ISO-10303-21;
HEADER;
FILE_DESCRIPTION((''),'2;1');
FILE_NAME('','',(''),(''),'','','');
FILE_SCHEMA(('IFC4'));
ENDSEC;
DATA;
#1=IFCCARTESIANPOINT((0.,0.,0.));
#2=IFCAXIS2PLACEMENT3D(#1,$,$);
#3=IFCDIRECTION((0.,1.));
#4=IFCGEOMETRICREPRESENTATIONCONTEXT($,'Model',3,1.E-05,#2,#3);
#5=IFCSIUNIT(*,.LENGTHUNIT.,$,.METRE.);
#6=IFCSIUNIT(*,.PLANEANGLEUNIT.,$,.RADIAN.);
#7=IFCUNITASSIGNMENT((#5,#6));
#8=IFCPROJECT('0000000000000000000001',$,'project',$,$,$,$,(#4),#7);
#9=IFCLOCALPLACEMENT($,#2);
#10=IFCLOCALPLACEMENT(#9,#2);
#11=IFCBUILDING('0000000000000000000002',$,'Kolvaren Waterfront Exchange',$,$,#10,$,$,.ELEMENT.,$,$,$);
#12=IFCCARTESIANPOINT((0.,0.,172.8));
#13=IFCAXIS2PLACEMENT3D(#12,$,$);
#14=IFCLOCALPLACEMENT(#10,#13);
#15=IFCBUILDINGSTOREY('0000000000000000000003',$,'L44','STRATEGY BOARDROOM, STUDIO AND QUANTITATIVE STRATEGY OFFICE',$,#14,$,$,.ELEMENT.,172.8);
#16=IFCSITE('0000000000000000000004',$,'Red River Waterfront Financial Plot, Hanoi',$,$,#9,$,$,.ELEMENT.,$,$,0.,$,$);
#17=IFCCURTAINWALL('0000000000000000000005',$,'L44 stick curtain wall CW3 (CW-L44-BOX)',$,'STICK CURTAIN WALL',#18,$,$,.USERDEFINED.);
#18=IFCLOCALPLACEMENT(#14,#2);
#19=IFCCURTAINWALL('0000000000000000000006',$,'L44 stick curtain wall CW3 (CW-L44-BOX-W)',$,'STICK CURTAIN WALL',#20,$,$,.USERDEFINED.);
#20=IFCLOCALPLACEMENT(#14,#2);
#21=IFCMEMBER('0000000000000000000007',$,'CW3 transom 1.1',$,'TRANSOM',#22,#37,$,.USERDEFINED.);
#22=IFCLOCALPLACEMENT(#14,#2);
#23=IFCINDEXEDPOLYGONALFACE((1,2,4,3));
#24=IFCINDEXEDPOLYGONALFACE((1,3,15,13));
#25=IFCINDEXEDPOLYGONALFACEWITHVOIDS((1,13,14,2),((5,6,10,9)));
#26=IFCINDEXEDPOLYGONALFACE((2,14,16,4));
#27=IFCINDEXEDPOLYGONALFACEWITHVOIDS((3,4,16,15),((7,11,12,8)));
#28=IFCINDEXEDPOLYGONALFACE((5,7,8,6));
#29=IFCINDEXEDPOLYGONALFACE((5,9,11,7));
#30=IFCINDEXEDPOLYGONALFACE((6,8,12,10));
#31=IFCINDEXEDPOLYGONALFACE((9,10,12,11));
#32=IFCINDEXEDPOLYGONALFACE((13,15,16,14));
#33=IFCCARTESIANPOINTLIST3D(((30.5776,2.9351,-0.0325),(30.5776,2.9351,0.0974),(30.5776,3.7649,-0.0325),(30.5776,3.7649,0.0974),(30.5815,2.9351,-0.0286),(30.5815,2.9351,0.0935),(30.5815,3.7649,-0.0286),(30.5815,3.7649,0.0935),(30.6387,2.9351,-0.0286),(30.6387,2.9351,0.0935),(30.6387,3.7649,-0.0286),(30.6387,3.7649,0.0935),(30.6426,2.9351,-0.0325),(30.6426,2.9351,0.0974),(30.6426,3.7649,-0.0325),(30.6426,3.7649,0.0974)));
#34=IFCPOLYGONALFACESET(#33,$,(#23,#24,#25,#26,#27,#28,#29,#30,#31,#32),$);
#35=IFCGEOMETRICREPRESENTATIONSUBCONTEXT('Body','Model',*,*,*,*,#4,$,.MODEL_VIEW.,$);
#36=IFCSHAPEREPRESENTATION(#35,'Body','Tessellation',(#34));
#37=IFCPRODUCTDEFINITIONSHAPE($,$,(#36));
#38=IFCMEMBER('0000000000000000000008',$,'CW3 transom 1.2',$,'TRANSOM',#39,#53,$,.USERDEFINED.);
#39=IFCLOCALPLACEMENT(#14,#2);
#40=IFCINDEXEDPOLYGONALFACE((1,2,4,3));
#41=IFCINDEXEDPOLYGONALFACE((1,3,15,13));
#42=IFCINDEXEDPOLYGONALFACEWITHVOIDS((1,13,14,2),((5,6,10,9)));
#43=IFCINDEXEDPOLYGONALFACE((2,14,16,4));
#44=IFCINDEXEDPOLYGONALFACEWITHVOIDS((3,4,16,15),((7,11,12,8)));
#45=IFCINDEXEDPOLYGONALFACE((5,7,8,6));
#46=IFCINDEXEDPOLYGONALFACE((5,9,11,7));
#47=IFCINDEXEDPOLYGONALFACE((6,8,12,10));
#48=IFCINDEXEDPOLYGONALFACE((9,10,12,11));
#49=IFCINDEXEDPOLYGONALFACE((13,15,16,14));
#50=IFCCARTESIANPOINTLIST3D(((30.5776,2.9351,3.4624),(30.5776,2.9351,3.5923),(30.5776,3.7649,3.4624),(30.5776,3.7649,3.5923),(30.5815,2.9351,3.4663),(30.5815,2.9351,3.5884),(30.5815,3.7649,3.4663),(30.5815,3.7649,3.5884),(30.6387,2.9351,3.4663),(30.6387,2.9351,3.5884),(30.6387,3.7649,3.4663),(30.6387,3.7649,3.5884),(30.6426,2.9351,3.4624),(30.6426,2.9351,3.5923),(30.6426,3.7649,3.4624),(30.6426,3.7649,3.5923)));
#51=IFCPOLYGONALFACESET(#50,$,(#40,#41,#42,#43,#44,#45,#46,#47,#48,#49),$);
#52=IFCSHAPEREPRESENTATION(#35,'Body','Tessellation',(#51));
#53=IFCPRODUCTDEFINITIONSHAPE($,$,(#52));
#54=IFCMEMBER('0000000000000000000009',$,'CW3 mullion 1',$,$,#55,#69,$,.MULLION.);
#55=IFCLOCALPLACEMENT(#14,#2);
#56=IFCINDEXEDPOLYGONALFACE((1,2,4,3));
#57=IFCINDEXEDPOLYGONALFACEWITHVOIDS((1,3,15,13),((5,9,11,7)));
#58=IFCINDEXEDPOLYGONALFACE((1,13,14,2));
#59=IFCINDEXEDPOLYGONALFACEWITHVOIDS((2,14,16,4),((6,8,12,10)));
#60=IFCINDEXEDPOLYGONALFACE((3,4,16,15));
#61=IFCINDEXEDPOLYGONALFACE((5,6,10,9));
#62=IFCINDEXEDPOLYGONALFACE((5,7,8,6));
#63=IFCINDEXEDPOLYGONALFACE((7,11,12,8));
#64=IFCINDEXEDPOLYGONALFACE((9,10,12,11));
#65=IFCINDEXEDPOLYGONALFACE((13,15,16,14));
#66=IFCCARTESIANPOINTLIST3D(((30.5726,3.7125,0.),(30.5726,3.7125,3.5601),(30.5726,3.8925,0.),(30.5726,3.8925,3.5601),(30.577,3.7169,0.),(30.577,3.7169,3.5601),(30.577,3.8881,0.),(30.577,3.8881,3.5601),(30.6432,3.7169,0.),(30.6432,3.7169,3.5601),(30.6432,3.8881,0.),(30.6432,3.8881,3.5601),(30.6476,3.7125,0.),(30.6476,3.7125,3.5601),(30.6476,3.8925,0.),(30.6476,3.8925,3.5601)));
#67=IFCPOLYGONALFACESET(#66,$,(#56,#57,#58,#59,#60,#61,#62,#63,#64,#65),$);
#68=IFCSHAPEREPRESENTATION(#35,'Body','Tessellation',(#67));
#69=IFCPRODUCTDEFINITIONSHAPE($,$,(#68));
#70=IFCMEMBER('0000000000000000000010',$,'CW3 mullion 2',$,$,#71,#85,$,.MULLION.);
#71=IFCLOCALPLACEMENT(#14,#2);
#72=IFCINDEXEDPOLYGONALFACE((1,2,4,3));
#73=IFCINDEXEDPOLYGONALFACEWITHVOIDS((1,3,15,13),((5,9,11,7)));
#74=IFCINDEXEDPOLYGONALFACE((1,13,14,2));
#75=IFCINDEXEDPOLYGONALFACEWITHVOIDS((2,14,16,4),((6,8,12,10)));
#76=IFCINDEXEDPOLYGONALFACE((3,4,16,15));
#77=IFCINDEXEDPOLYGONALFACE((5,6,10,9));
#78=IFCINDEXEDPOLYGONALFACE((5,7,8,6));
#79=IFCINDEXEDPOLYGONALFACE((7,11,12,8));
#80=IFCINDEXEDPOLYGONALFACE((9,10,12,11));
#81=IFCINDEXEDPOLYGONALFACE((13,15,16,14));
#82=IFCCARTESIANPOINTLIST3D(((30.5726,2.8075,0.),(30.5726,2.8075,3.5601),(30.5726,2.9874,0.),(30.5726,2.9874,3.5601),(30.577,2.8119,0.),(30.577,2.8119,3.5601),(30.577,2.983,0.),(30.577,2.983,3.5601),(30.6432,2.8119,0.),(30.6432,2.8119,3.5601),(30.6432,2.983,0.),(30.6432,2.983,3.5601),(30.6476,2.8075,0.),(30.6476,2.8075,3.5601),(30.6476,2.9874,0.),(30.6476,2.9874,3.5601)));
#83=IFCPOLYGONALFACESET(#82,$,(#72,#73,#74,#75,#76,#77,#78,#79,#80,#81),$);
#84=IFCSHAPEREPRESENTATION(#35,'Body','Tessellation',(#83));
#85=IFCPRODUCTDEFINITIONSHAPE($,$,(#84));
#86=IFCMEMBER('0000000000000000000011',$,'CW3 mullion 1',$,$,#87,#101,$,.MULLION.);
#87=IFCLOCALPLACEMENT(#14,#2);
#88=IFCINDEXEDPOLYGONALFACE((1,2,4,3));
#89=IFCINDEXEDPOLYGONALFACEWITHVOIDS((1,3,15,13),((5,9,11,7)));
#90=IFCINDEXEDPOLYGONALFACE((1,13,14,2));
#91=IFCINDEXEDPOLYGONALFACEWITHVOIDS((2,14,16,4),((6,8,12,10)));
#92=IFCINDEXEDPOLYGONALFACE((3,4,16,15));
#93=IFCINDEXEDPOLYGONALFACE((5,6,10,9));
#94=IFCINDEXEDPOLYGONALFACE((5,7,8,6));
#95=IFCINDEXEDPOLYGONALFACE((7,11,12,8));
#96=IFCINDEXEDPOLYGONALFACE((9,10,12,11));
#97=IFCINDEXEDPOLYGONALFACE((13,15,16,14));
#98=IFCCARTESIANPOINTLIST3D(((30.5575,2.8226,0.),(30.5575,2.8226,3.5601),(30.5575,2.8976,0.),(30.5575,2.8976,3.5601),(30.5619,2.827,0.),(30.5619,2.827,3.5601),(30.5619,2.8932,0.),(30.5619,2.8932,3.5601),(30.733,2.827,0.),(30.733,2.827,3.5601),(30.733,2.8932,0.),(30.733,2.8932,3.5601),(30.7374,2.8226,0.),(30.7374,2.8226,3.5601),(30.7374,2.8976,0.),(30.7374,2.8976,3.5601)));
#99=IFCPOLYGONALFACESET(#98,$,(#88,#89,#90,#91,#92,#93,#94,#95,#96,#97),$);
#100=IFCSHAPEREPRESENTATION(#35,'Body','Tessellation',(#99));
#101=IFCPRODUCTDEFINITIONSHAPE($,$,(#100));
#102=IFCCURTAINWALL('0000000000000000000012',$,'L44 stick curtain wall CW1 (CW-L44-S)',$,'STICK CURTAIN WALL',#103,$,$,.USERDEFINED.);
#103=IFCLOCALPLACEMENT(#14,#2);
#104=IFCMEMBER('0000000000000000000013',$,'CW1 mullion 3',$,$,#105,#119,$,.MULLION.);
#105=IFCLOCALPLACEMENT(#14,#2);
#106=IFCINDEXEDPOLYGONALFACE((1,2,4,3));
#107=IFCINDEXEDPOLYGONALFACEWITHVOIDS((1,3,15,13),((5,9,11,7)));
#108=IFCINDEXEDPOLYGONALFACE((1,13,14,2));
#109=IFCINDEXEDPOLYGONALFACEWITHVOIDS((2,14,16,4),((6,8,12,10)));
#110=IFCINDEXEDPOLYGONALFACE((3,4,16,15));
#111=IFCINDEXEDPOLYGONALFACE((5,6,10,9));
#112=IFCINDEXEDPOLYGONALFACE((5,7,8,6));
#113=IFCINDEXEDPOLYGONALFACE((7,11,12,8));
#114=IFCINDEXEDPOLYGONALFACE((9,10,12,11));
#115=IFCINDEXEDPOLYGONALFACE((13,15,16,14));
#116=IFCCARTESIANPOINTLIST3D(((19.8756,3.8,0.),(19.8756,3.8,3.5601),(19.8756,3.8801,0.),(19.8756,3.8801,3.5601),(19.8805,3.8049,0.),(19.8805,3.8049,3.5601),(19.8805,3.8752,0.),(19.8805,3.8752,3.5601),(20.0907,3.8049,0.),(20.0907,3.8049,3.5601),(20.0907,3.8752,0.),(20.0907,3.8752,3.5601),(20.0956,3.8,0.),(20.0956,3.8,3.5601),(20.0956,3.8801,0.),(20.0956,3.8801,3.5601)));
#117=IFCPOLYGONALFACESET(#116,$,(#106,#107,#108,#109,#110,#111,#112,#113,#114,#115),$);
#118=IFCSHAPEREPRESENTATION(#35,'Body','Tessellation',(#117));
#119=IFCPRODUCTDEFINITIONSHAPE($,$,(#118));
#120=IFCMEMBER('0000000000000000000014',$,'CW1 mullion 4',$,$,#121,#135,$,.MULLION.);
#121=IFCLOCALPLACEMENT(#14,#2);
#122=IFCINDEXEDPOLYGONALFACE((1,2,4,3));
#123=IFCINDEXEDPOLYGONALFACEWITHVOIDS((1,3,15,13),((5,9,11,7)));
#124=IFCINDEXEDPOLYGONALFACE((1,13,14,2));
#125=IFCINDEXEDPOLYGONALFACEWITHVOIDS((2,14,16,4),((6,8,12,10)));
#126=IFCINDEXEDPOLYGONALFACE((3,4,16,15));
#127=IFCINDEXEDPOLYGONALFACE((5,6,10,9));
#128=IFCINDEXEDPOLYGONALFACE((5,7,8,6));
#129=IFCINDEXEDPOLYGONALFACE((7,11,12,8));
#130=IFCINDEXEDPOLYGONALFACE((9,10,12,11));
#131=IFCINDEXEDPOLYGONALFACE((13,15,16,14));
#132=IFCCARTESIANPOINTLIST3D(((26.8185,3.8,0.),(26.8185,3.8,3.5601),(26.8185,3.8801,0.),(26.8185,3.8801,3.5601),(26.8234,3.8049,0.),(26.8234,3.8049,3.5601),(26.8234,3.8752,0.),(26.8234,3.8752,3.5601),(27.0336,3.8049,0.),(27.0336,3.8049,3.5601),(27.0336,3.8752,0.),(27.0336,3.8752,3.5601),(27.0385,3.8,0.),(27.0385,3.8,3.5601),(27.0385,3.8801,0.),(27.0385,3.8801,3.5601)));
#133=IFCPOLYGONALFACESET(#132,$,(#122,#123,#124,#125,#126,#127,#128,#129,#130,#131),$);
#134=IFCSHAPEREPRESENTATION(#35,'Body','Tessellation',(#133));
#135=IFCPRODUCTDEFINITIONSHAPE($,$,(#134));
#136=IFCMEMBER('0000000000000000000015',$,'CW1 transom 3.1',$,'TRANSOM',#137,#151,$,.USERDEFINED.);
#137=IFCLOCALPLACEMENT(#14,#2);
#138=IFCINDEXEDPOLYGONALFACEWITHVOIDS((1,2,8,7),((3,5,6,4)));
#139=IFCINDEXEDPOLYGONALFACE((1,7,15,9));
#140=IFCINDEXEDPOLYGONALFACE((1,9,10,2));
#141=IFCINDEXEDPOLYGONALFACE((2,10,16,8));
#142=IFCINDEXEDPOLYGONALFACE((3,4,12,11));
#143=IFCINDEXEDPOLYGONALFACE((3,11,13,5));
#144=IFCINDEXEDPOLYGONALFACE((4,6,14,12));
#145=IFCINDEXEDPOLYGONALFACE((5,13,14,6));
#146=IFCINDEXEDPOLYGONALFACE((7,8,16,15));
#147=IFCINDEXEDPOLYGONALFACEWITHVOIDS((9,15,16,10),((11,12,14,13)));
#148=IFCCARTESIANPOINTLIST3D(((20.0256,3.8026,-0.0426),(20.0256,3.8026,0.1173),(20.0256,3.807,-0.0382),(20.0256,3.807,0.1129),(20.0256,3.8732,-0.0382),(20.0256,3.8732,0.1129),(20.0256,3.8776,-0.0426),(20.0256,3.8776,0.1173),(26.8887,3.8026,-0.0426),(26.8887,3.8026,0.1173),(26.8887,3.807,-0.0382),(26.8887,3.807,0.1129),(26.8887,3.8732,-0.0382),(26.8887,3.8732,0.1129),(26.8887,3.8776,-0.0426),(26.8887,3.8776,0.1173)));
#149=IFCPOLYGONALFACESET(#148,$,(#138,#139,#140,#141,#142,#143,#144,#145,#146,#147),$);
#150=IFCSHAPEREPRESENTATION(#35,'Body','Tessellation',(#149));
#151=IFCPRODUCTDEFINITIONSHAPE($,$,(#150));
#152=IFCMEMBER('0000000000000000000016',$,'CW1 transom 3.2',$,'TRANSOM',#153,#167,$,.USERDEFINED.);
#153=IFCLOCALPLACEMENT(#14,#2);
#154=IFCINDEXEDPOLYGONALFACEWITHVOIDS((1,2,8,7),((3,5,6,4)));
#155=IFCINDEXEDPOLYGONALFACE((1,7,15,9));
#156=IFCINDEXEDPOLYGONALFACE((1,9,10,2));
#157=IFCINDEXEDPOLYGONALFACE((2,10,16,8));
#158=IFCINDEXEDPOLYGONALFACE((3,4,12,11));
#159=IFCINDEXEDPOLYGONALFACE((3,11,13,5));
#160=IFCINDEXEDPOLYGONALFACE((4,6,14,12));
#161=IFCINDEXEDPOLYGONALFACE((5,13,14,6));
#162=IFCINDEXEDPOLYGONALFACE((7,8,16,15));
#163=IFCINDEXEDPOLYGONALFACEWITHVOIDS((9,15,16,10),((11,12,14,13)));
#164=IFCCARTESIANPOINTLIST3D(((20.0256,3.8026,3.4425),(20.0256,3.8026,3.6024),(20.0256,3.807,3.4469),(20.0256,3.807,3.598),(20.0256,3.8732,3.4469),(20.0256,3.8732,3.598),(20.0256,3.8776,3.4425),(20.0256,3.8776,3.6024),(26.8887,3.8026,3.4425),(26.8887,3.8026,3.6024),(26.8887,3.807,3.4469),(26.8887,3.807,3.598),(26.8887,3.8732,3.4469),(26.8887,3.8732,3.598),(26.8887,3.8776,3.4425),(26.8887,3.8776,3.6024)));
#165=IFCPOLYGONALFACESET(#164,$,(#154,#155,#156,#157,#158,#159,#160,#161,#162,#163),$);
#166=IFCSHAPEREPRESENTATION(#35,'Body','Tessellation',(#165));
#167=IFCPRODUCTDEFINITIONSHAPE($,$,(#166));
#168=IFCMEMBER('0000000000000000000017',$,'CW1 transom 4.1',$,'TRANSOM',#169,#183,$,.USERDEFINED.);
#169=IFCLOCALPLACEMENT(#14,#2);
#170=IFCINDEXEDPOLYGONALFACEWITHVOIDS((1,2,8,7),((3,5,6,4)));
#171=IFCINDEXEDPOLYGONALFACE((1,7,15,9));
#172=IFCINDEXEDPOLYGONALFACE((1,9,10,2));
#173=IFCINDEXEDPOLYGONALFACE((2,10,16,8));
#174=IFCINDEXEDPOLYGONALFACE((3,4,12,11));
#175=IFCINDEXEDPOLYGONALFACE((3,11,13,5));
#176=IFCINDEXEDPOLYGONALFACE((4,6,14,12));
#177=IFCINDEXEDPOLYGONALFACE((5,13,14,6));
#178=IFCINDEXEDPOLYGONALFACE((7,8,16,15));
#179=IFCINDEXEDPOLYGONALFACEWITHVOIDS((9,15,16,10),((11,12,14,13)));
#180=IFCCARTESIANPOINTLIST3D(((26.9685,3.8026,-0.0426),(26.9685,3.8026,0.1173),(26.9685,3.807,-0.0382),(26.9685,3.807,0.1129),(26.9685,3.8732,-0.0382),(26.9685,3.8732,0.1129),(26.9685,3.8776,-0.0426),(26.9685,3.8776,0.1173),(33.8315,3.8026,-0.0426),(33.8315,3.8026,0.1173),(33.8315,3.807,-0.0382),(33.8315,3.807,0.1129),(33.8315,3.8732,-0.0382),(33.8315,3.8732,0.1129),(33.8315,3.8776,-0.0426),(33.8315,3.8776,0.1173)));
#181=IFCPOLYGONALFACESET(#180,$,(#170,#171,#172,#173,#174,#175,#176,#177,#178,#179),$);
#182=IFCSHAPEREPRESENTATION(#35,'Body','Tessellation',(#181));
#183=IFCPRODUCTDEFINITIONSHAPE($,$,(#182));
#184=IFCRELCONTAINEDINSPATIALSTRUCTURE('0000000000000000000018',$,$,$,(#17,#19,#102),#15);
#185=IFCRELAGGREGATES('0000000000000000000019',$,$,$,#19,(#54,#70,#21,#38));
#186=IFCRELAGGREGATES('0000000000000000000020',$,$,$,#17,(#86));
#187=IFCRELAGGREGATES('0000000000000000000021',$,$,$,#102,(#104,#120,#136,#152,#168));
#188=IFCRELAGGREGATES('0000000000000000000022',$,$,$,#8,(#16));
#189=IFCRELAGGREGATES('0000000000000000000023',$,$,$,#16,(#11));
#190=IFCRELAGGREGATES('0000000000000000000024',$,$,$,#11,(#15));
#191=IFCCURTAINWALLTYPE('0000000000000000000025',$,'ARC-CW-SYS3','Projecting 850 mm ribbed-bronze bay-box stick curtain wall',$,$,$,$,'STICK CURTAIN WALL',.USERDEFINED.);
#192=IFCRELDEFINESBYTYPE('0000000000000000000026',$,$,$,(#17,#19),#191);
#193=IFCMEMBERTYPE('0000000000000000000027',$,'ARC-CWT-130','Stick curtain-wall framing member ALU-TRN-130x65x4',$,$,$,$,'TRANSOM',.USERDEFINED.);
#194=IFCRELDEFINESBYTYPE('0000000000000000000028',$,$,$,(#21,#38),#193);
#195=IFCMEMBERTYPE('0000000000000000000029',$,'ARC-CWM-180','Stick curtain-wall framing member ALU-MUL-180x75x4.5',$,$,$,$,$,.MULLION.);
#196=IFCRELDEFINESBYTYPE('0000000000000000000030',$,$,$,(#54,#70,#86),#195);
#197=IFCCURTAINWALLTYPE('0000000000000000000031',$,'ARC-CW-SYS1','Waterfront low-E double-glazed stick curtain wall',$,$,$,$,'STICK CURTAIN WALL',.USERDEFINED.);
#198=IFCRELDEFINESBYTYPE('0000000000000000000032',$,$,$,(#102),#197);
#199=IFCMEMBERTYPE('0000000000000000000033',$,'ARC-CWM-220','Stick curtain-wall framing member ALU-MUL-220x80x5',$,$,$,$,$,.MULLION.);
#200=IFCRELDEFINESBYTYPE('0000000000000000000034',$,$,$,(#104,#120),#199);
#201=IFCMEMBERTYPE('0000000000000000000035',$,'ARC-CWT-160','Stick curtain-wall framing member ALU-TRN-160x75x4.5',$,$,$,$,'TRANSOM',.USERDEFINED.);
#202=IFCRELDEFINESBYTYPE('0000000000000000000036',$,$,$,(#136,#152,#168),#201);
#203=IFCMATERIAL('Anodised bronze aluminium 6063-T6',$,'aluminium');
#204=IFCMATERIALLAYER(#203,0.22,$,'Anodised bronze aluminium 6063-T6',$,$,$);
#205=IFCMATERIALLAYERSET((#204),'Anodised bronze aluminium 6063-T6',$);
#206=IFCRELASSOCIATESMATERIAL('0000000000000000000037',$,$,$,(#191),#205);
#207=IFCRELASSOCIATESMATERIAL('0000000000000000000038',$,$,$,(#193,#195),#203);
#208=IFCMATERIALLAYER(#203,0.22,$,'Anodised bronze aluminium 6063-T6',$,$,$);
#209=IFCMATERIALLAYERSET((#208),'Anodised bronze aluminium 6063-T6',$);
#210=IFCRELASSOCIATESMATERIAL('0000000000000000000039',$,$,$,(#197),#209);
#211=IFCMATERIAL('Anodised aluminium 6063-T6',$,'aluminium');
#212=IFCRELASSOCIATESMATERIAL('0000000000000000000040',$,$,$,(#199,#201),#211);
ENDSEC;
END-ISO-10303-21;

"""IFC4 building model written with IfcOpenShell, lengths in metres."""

from ifc_helpers import new_model, si_unit, direction, frame, origin, origin_with_axes, origin_2d, place, context, subcontext, project, spatial, hollow_rectangle, extrude, source, transform, mapped, material, layer, layer_set, material_profile, profile_set, type_object, element, aggregate, save


model = new_model("IFC4")

# Units and contexts
model_context = context("Model", 3, precision=1e-05, world=origin(), true_north=direction((0.0, 1.0)))
body_context = subcontext(model_context, "Body", "Model", "MODEL_VIEW")
ifc_project = project(units=[si_unit("LENGTHUNIT", "METRE"), si_unit("PLANEANGLEUNIT", "RADIAN")], contexts=[model_context])

# Site, building, storey
site_placement = place(None, origin())
site = spatial("IfcSite", under=ifc_project, at=site_placement, Name="Red River Waterfront Financial Plot, Hanoi", CompositionType="ELEMENT", RefElevation=0.0)
building_placement = place(site_placement, origin())
building = spatial("IfcBuilding", under=site, at=building_placement, Name="Kolvaren Waterfront Exchange", CompositionType="ELEMENT")
storey_placement = place(building_placement, frame((0.0, 0.0, 172.8)))
storey = spatial("IfcBuildingStorey", under=building, at=storey_placement, Name="L44", Description="STRATEGY BOARDROOM, STUDIO AND QUANTITATIVE STRATEGY OFFICE", CompositionType="ELEMENT", Elevation=172.8)

# Curtain walls, members
ifc_material_1 = material(Name="Anodised bronze aluminium 6063-T6", Category="aluminium")
ifc_layer_1 = layer(ifc_material_1, 0.22, Name="Anodised bronze aluminium 6063-T6")
ifc_layer_set_1 = layer_set([ifc_layer_1], Name="Anodised bronze aluminium 6063-T6")
curtain_wall_type_1 = type_object("IfcCurtainWallType", Name="ARC-CW-SYS3", Description="Projecting 850 mm ribbed-bronze bay-box stick curtain wall", ElementType="STICK CURTAIN WALL", PredefinedType="USERDEFINED", material=ifc_layer_set_1)
curtain_wall_1_placement = place(storey_placement, origin())
curtain_wall_1 = element("IfcCurtainWall", 1, at=curtain_wall_1_placement, inside=storey, type_object=curtain_wall_type_1, Name="L44 stick curtain wall CW3 (CW-L44-BOX)", ObjectType="STICK CURTAIN WALL", PredefinedType="USERDEFINED")
ifc_material_profile_1 = material_profile(ifc_material_1, hollow_rectangle(XDim=0.0649, YDim=0.1299, WallThickness=0.0039, at=origin_2d()), Name="ALU-TRN-130x65x4")
ifc_profile_set_1 = profile_set([ifc_material_profile_1], Name="Anodised bronze aluminium 6063-T6")
member_type_1 = type_object("IfcMemberType", Name="ARC-CWT-130", Description="Stick curtain-wall framing member ALU-TRN-130x65x4", ElementType="TRANSOM", PredefinedType="USERDEFINED", material=ifc_profile_set_1)
curtain_wall_2_placement = place(storey_placement, origin())
curtain_wall_2 = element("IfcCurtainWall", 2, at=curtain_wall_2_placement, inside=storey, type_object=curtain_wall_type_1, Name="L44 stick curtain wall CW3 (CW-L44-BOX-W)", ObjectType="STICK CURTAIN WALL", PredefinedType="USERDEFINED")
shared_shape_1 = source(origin_with_axes(), body_context, "Body", "SweptSolid", [
    extrude(hollow_rectangle(XDim=0.0649, YDim=0.1299, WallThickness=0.0039, at=origin_2d()), origin(), (0.0, 0.0, 1.0), 0.8298),
])
member_1_placement = place(storey_placement, frame((30.6101, 3.7649, 0.0325), z_axis=(0.0, -1.0, 0.0), x_axis=(1.0, 0.0, 0.0)))
member_1 = element("IfcMember", 3, at=member_1_placement, type_object=member_type_1, Name="CW3 transom 1.1", ObjectType="TRANSOM", PredefinedType="USERDEFINED", context=body_context, shape_type="MappedRepresentation", body=[
    mapped(shared_shape_1, transform((0.0, 0.0, 0.0), x_axis=(1.0, 0.0, 0.0), y_axis=(0.0, 1.0, 0.0), z_axis=(0.0, 0.0, 1.0), scale=1.0)),
])
member_2_placement = place(storey_placement, frame((30.6101, 3.7649, 3.5273), z_axis=(0.0, -1.0, 0.0), x_axis=(1.0, 0.0, 0.0)))
member_2 = element("IfcMember", 4, at=member_2_placement, type_object=member_type_1, Name="CW3 transom 1.2", ObjectType="TRANSOM", PredefinedType="USERDEFINED", context=body_context, shape_type="MappedRepresentation", body=[
    mapped(shared_shape_1, transform((0.0, 0.0, 0.0), x_axis=(1.0, 0.0, 0.0), y_axis=(0.0, 1.0, 0.0), z_axis=(0.0, 0.0, 1.0), scale=1.0)),
])
ifc_material_profile_2 = material_profile(ifc_material_1, hollow_rectangle(XDim=0.075, YDim=0.1799, WallThickness=0.0044, at=origin_2d()), Name="ALU-MUL-180x75x4.5")
ifc_profile_set_2 = profile_set([ifc_material_profile_2], Name="Anodised bronze aluminium 6063-T6")
member_type_2 = type_object("IfcMemberType", Name="ARC-CWM-180", Description="Stick curtain-wall framing member ALU-MUL-180x75x4.5", PredefinedType="MULLION", material=ifc_profile_set_2)
shared_shape_2 = source(origin_with_axes(), body_context, "Body", "SweptSolid", [
    extrude(hollow_rectangle(XDim=0.075, YDim=0.1799, WallThickness=0.0044, at=origin_2d()), origin(), (0.0, 0.0, 1.0), 3.5601),
])
member_3_placement = place(storey_placement, frame((30.6101, 3.8025, 0.0), z_axis=(0.0, 0.0, 1.0), x_axis=(1.0, 0.0, 0.0)))
member_3 = element("IfcMember", 5, at=member_3_placement, type_object=member_type_2, Name="CW3 mullion 1", PredefinedType="MULLION", context=body_context, shape_type="MappedRepresentation", body=[
    mapped(shared_shape_2, transform((0.0, 0.0, 0.0), x_axis=(1.0, 0.0, 0.0), y_axis=(0.0, 1.0, 0.0), z_axis=(0.0, 0.0, 1.0), scale=1.0)),
])
member_4_placement = place(storey_placement, frame((30.6101, 2.8975, 0.0), z_axis=(0.0, 0.0, 1.0), x_axis=(1.0, 0.0, 0.0)))
member_4 = element("IfcMember", 6, at=member_4_placement, type_object=member_type_2, Name="CW3 mullion 2", PredefinedType="MULLION", context=body_context, shape_type="MappedRepresentation", body=[
    mapped(shared_shape_2, transform((0.0, 0.0, 0.0), x_axis=(1.0, 0.0, 0.0), y_axis=(0.0, 1.0, 0.0), z_axis=(0.0, 0.0, 1.0), scale=1.0)),
])

# Member
member_5_placement = place(storey_placement, frame((30.6475, 2.8601, 0.0), z_axis=(0.0, 0.0, 1.0), x_axis=(0.0, 1.0, 0.0)))
member_5 = element("IfcMember", 7, at=member_5_placement, type_object=member_type_2, Name="CW3 mullion 1", PredefinedType="MULLION", context=body_context, shape_type="MappedRepresentation", body=[
    mapped(shared_shape_2, transform((0.0, 0.0, 0.0), x_axis=(1.0, 0.0, 0.0), y_axis=(0.0, 1.0, 0.0), z_axis=(0.0, 0.0, 1.0), scale=1.0)),
])

# Curtain wall, members
ifc_layer_2 = layer(ifc_material_1, 0.22, Name="Anodised bronze aluminium 6063-T6")
ifc_layer_set_2 = layer_set([ifc_layer_2], Name="Anodised bronze aluminium 6063-T6")
curtain_wall_type_2 = type_object("IfcCurtainWallType", Name="ARC-CW-SYS1", Description="Waterfront low-E double-glazed stick curtain wall", ElementType="STICK CURTAIN WALL", PredefinedType="USERDEFINED", material=ifc_layer_set_2)
curtain_wall_3_placement = place(storey_placement, origin())
curtain_wall_3 = element("IfcCurtainWall", 8, at=curtain_wall_3_placement, inside=storey, type_object=curtain_wall_type_2, Name="L44 stick curtain wall CW1 (CW-L44-S)", ObjectType="STICK CURTAIN WALL", PredefinedType="USERDEFINED")
ifc_material_2 = material(Name="Anodised aluminium 6063-T6", Category="aluminium")
ifc_material_profile_3 = material_profile(ifc_material_2, hollow_rectangle(XDim=0.0801, YDim=0.22, WallThickness=0.0049, at=origin_2d()), Name="ALU-MUL-220x80x5")
ifc_profile_set_3 = profile_set([ifc_material_profile_3], Name="Anodised aluminium 6063-T6")
member_type_3 = type_object("IfcMemberType", Name="ARC-CWM-220", Description="Stick curtain-wall framing member ALU-MUL-220x80x5", PredefinedType="MULLION", material=ifc_profile_set_3)
shared_shape_3 = source(origin_with_axes(), body_context, "Body", "SweptSolid", [
    extrude(hollow_rectangle(XDim=0.0801, YDim=0.22, WallThickness=0.0049, at=origin_2d()), origin(), (0.0, 0.0, 1.0), 3.5601),
])
member_6_placement = place(storey_placement, frame((19.9856, 3.8401, 0.0), z_axis=(0.0, 0.0, 1.0), x_axis=(0.0, 1.0, 0.0)))
member_6 = element("IfcMember", 9, at=member_6_placement, type_object=member_type_3, Name="CW1 mullion 3", PredefinedType="MULLION", context=body_context, shape_type="MappedRepresentation", body=[
    mapped(shared_shape_3, transform((0.0, 0.0, 0.0), x_axis=(1.0, 0.0, 0.0), y_axis=(0.0, 1.0, 0.0), z_axis=(0.0, 0.0, 1.0), scale=1.0)),
])
member_7_placement = place(storey_placement, frame((26.9285, 3.8401, 0.0), z_axis=(0.0, 0.0, 1.0), x_axis=(0.0, 1.0, 0.0)))
member_7 = element("IfcMember", 10, at=member_7_placement, type_object=member_type_3, Name="CW1 mullion 4", PredefinedType="MULLION", context=body_context, shape_type="MappedRepresentation", body=[
    mapped(shared_shape_3, transform((0.0, 0.0, 0.0), x_axis=(1.0, 0.0, 0.0), y_axis=(0.0, 1.0, 0.0), z_axis=(0.0, 0.0, 1.0), scale=1.0)),
])
ifc_material_profile_4 = material_profile(ifc_material_2, hollow_rectangle(XDim=0.075, YDim=0.1599, WallThickness=0.0044, at=origin_2d()), Name="ALU-TRN-160x75x4.5")
ifc_profile_set_4 = profile_set([ifc_material_profile_4], Name="Anodised aluminium 6063-T6")
member_type_4 = type_object("IfcMemberType", Name="ARC-CWT-160", Description="Stick curtain-wall framing member ALU-TRN-160x75x4.5", ElementType="TRANSOM", PredefinedType="USERDEFINED", material=ifc_profile_set_4)
shared_shape_4 = source(origin_with_axes(), body_context, "Body", "SweptSolid", [
    extrude(hollow_rectangle(XDim=0.075, YDim=0.1599, WallThickness=0.0044, at=origin_2d()), origin(), (0.0, 0.0, 1.0), 6.863),
])
member_8_placement = place(storey_placement, frame((20.0256, 3.8401, 0.0374), z_axis=(1.0, 0.0, 0.0), x_axis=(0.0, 1.0, 0.0)))
member_8 = element("IfcMember", 11, at=member_8_placement, type_object=member_type_4, Name="CW1 transom 3.1", ObjectType="TRANSOM", PredefinedType="USERDEFINED", context=body_context, shape_type="MappedRepresentation", body=[
    mapped(shared_shape_4, transform((0.0, 0.0, 0.0), x_axis=(1.0, 0.0, 0.0), y_axis=(0.0, 1.0, 0.0), z_axis=(0.0, 0.0, 1.0), scale=1.0)),
])
member_9_placement = place(storey_placement, frame((20.0256, 3.8401, 3.5225), z_axis=(1.0, 0.0, 0.0), x_axis=(0.0, 1.0, 0.0)))
member_9 = element("IfcMember", 12, at=member_9_placement, type_object=member_type_4, Name="CW1 transom 3.2", ObjectType="TRANSOM", PredefinedType="USERDEFINED", context=body_context, shape_type="MappedRepresentation", body=[
    mapped(shared_shape_4, transform((0.0, 0.0, 0.0), x_axis=(1.0, 0.0, 0.0), y_axis=(0.0, 1.0, 0.0), z_axis=(0.0, 0.0, 1.0), scale=1.0)),
])
member_10_placement = place(storey_placement, frame((26.9685, 3.8401, 0.0374), z_axis=(1.0, 0.0, 0.0), x_axis=(0.0, 1.0, 0.0)))
member_10 = element("IfcMember", 13, at=member_10_placement, type_object=member_type_4, Name="CW1 transom 4.1", ObjectType="TRANSOM", PredefinedType="USERDEFINED", context=body_context, shape_type="MappedRepresentation", body=[
    mapped(shared_shape_4, transform((0.0, 0.0, 0.0), x_axis=(1.0, 0.0, 0.0), y_axis=(0.0, 1.0, 0.0), z_axis=(0.0, 0.0, 1.0), scale=1.0)),
])

aggregate(curtain_wall_2, [member_3, member_4, member_1, member_2])
aggregate(curtain_wall_1, [member_5])
aggregate(curtain_wall_3, [member_6, member_7, member_8, member_9, member_10])

save(model, "model.ifc")
